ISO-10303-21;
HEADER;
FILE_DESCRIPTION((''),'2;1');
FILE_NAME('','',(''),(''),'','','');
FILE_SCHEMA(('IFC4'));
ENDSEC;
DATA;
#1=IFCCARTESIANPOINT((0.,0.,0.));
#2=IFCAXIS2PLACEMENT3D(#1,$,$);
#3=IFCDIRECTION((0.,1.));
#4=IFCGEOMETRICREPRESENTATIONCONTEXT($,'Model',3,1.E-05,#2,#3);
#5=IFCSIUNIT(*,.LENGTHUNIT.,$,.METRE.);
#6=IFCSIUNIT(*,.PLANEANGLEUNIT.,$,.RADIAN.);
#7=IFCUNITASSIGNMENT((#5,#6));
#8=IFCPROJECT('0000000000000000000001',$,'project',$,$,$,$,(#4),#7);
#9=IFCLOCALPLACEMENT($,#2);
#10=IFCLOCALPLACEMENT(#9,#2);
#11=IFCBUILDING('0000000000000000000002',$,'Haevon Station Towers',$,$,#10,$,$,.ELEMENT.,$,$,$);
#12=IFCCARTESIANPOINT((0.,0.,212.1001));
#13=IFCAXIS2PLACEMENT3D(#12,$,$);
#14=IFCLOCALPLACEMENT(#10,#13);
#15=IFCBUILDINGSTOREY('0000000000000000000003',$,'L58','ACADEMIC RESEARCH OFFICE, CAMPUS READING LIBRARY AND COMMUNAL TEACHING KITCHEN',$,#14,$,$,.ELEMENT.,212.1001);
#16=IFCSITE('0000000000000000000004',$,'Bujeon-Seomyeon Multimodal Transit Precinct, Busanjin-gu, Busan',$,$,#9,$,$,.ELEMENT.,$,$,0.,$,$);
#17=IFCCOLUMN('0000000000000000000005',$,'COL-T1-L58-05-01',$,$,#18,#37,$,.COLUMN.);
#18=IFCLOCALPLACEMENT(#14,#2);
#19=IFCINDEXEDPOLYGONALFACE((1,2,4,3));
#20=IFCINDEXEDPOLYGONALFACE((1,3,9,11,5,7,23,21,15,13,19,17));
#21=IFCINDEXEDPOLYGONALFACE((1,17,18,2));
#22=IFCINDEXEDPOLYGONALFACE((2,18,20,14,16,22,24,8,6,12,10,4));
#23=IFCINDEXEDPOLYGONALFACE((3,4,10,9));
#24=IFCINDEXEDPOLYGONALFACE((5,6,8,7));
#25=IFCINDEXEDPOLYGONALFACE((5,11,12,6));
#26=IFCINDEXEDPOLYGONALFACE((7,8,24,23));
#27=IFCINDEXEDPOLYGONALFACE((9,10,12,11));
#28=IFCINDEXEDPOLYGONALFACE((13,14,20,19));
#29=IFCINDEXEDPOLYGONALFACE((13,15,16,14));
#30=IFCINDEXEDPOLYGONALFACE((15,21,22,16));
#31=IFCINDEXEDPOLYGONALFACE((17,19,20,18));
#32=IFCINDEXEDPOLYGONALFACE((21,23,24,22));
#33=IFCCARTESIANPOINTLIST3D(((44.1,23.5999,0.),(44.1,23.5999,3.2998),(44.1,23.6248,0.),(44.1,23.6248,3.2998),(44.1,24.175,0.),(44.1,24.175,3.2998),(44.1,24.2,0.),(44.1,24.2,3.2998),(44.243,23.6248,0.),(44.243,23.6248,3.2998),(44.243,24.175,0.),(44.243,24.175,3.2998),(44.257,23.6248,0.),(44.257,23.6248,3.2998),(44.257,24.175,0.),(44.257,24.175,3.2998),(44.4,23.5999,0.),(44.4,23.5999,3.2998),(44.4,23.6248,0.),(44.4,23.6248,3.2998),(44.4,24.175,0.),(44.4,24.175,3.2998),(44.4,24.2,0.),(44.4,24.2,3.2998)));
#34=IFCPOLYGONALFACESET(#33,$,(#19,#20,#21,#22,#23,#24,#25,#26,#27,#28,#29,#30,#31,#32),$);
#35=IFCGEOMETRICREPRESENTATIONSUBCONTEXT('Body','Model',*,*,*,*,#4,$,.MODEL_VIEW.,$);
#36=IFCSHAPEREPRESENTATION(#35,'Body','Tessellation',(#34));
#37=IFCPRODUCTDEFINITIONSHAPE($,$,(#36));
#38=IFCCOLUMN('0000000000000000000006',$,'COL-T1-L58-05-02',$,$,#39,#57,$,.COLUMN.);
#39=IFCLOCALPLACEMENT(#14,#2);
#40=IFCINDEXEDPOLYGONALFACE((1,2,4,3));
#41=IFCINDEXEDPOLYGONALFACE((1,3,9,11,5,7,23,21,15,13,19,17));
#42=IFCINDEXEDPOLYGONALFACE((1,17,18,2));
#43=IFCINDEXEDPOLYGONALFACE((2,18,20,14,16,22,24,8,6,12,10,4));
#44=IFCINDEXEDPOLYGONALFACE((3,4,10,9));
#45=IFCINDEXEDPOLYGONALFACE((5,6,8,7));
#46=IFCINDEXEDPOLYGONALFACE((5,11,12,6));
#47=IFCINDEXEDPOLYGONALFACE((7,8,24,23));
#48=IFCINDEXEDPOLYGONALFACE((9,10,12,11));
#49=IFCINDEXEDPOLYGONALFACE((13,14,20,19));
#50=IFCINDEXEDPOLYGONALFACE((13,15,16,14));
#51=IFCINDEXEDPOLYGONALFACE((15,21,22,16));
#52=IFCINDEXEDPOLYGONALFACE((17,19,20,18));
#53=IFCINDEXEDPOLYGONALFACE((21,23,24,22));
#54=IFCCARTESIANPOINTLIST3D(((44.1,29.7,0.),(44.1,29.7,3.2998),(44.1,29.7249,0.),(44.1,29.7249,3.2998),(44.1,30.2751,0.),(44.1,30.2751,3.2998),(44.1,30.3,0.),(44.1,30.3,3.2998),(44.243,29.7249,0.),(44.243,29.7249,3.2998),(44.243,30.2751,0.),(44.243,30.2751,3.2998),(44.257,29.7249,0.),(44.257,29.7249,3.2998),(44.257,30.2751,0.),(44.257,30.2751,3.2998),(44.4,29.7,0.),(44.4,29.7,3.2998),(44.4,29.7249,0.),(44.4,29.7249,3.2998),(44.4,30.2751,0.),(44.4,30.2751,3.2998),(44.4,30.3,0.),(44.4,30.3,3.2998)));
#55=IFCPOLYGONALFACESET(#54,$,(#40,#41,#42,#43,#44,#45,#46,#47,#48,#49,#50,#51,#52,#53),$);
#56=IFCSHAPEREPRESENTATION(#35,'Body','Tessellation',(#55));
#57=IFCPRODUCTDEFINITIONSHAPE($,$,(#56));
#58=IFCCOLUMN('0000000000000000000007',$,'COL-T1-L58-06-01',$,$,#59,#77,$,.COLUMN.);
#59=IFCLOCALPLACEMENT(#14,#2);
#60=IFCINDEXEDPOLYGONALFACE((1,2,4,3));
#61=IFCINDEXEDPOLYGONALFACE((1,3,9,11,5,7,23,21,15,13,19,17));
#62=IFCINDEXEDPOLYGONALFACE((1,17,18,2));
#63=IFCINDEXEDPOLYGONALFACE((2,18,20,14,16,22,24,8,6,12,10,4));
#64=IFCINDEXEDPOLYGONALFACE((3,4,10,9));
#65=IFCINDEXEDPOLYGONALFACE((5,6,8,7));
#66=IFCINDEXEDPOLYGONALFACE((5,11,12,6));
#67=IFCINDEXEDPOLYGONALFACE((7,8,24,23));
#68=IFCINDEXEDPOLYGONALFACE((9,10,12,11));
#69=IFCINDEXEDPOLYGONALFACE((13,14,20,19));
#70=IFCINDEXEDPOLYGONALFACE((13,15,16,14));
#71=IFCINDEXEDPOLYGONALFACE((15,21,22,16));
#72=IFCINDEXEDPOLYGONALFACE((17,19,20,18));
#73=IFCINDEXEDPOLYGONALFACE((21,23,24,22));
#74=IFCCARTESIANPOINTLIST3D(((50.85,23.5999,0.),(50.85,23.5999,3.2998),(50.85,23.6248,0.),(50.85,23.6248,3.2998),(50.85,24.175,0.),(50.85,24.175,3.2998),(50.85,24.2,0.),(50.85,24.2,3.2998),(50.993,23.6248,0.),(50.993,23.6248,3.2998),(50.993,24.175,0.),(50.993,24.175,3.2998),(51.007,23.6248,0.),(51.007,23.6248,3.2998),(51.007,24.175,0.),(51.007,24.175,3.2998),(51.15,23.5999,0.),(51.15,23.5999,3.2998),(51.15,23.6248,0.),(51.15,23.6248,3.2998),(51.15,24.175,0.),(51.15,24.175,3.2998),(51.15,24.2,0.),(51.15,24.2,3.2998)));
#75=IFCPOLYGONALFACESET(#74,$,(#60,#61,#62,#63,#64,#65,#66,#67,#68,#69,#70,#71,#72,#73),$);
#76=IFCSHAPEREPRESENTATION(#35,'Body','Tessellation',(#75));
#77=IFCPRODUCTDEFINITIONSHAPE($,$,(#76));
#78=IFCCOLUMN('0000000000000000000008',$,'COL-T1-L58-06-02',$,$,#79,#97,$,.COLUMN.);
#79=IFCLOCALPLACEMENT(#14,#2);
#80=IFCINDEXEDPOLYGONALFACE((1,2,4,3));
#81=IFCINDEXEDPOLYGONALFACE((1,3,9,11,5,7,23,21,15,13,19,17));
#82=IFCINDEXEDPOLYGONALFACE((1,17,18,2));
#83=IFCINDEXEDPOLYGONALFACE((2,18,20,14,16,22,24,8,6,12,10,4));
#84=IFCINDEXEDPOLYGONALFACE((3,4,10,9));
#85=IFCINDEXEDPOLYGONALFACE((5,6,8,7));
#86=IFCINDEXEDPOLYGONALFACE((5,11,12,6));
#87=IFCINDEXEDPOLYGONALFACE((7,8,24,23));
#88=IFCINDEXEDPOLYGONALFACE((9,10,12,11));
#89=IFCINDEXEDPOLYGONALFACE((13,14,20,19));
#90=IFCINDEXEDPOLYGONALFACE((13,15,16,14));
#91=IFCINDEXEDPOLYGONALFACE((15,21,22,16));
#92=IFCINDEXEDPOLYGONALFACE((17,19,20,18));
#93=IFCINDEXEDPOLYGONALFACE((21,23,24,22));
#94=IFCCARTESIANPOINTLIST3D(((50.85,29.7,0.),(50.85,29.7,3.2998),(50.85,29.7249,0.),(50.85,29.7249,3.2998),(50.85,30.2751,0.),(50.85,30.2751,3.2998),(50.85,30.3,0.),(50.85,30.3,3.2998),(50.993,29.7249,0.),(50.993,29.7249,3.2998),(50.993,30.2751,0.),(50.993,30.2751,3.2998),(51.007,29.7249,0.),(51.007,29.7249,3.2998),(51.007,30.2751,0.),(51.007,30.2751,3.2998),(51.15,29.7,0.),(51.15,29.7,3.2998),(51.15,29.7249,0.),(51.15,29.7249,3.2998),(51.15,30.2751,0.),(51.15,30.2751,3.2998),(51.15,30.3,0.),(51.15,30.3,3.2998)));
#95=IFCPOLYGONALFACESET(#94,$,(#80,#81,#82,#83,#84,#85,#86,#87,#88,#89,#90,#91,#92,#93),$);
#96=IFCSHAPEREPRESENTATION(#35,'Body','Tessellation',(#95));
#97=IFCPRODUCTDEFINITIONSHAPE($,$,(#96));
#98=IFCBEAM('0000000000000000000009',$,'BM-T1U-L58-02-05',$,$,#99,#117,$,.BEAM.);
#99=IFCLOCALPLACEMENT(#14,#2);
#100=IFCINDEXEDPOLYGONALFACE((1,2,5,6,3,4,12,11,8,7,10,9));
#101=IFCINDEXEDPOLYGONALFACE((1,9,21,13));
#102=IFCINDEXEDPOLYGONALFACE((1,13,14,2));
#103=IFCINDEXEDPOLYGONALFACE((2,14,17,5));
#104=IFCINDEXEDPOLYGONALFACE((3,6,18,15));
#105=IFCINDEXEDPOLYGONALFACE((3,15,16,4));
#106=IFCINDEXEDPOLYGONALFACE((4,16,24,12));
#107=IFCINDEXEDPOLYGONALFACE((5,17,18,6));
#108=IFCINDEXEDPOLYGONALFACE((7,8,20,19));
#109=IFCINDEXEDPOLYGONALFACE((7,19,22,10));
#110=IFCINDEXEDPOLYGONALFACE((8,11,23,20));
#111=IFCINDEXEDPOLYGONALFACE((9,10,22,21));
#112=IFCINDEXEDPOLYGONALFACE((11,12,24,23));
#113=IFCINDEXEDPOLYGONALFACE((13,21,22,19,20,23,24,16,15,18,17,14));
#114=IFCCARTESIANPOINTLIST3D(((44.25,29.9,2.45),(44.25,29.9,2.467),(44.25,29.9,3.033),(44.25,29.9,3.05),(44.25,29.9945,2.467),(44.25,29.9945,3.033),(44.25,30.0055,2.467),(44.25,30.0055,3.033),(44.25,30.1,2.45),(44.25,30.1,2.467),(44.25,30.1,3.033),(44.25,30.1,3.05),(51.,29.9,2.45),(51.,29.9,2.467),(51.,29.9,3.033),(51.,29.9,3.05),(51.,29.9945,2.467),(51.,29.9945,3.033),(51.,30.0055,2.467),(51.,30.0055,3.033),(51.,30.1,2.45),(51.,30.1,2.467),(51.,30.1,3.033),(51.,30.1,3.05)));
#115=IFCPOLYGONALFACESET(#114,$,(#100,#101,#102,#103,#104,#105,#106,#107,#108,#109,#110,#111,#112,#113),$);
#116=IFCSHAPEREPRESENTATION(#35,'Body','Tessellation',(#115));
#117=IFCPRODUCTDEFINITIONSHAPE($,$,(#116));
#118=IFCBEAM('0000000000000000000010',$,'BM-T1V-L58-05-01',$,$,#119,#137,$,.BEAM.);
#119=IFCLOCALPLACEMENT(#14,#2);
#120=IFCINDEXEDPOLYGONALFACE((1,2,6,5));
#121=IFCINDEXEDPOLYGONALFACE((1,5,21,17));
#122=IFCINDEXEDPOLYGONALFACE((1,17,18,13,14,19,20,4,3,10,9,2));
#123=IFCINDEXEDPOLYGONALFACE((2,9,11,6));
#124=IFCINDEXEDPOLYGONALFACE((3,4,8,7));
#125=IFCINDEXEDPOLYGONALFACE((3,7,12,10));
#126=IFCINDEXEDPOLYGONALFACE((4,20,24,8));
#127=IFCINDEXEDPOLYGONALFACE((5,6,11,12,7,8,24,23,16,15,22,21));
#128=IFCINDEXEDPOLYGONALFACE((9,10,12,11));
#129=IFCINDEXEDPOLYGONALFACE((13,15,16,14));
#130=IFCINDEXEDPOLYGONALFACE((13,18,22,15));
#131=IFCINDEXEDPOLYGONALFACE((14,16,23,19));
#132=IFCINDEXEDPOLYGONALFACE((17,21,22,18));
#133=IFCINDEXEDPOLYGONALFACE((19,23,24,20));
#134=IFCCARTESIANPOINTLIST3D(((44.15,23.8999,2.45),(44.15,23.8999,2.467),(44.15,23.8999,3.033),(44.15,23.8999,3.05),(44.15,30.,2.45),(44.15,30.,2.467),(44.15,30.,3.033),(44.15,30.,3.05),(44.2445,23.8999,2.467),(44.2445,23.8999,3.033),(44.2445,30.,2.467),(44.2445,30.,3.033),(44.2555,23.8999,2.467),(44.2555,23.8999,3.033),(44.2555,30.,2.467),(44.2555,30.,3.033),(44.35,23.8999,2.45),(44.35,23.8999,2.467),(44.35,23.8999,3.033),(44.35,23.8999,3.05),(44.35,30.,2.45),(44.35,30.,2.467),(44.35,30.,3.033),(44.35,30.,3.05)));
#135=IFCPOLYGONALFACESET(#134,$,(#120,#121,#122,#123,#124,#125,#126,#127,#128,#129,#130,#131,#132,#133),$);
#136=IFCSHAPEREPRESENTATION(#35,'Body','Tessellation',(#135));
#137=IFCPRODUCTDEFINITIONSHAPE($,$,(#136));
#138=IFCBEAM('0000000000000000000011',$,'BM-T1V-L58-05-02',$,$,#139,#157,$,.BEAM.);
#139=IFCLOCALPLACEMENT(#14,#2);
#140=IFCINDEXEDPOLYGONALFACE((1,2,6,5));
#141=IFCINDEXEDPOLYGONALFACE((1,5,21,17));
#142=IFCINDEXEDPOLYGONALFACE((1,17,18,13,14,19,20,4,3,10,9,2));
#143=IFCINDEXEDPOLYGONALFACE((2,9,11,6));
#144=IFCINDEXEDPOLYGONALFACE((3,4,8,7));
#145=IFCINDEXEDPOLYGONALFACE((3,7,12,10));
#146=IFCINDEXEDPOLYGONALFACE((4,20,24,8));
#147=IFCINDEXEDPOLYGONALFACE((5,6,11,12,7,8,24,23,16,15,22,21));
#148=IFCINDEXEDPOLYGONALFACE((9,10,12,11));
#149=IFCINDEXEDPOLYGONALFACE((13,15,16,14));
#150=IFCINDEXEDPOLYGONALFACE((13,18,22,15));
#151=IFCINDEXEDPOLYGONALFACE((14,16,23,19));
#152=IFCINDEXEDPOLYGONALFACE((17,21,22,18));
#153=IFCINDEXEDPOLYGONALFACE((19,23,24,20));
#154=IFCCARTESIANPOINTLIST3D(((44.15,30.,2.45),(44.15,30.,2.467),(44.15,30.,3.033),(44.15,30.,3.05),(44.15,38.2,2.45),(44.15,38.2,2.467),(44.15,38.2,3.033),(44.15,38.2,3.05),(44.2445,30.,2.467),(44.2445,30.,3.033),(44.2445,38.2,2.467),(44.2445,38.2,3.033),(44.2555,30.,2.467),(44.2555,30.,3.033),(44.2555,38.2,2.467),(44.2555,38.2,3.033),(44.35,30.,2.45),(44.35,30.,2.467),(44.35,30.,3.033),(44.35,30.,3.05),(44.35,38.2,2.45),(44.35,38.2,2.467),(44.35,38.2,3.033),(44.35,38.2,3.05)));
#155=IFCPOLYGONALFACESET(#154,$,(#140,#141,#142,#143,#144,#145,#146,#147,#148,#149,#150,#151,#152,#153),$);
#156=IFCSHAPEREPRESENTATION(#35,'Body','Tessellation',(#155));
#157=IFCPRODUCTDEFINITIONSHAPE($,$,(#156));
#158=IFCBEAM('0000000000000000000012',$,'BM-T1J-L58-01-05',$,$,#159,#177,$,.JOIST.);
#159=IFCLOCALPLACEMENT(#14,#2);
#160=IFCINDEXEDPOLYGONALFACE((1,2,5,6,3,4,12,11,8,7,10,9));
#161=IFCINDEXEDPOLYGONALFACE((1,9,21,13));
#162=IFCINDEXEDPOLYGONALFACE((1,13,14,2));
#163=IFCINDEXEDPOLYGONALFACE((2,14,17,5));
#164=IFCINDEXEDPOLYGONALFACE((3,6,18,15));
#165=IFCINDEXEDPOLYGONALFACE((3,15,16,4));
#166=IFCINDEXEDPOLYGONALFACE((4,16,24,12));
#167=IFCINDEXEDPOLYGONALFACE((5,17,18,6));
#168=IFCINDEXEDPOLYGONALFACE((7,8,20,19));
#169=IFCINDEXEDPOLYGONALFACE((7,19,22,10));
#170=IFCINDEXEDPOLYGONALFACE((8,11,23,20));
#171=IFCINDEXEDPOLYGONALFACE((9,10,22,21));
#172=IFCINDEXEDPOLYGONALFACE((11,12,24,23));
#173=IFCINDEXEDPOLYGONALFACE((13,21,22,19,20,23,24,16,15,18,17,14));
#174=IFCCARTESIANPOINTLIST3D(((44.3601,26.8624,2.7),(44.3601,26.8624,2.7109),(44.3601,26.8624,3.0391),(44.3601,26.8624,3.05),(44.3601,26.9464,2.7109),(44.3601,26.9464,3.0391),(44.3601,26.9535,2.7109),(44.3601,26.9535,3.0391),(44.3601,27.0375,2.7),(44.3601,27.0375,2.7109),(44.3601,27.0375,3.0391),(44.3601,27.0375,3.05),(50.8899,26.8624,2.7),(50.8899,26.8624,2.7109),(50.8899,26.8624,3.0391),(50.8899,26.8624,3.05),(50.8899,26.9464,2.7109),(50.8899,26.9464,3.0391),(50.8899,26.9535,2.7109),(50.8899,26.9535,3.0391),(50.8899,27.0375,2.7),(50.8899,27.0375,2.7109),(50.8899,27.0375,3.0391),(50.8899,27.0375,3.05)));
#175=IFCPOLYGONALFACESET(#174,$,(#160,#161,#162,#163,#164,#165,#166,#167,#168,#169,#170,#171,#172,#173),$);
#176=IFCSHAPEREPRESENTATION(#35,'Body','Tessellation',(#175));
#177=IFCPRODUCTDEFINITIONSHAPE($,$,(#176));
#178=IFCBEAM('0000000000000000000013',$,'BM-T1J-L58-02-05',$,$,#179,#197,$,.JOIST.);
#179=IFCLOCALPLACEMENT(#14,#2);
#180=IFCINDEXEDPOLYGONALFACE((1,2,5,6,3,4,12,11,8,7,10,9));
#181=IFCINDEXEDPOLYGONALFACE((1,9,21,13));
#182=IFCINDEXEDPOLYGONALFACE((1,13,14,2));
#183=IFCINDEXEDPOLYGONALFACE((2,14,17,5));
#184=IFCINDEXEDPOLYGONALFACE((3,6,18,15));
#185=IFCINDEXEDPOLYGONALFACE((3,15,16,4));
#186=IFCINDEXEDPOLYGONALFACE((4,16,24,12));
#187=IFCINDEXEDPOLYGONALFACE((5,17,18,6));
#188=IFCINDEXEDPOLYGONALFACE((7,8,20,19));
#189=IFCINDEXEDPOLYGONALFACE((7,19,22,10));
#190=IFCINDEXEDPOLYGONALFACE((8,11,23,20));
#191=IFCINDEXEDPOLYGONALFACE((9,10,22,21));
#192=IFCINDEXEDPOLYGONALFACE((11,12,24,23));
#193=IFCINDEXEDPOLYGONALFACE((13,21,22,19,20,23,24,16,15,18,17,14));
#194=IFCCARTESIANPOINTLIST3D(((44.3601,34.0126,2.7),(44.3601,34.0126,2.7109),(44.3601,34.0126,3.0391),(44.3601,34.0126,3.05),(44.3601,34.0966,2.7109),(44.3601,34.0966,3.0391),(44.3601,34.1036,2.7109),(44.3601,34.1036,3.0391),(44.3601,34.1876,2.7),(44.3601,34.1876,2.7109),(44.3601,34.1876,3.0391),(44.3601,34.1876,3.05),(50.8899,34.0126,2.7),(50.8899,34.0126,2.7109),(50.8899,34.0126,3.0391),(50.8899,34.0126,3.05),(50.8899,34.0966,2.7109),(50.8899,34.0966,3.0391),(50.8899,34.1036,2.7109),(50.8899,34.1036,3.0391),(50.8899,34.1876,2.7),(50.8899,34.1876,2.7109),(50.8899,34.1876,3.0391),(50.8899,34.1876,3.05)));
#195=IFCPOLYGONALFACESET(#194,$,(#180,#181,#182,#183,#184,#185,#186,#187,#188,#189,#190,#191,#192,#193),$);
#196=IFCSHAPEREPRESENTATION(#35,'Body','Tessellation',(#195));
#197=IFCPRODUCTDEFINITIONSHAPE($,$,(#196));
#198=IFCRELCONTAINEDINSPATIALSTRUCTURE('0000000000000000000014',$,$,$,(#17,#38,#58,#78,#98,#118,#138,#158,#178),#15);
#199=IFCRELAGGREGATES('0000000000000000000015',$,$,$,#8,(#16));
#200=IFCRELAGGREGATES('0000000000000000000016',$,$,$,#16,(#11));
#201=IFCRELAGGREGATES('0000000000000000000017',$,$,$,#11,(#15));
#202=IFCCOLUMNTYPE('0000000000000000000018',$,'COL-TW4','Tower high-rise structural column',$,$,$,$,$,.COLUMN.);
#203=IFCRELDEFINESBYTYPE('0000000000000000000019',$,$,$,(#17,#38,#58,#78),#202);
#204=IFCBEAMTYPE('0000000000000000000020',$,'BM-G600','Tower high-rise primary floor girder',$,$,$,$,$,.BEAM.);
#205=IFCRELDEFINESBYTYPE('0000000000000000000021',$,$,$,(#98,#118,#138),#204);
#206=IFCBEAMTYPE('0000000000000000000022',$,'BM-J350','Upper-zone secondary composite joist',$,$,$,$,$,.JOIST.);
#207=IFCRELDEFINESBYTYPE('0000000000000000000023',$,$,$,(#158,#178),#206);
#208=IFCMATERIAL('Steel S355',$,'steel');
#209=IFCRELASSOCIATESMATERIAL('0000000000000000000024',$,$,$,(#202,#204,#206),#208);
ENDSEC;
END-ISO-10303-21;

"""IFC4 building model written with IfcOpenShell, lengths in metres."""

from ifc_helpers import new_model, si_unit, direction, frame, origin, origin_2d, place, context, subcontext, project, spatial, i_section, extrude, material, material_profile, profile_set, type_object, element, save


model = new_model("IFC4")

# Units and contexts
model_context = context("Model", 3, precision=1e-05, world=origin(), true_north=direction((0.0, 1.0)))
body_context = subcontext(model_context, "Body", "Model", "MODEL_VIEW")
ifc_project = project(units=[si_unit("LENGTHUNIT", "METRE"), si_unit("PLANEANGLEUNIT", "RADIAN")], contexts=[model_context])

# Site, building, storey
site_placement = place(None, origin())
site = spatial("IfcSite", under=ifc_project, at=site_placement, Name="Bujeon-Seomyeon Multimodal Transit Precinct, Busanjin-gu, Busan", CompositionType="ELEMENT", RefElevation=0.0)
building_placement = place(site_placement, origin())
building = spatial("IfcBuilding", under=site, at=building_placement, Name="Haevon Station Towers", CompositionType="ELEMENT")
storey_placement = place(building_placement, frame((0.0, 0.0, 212.1001)))
storey = spatial("IfcBuildingStorey", under=building, at=storey_placement, Name="L58", Description="ACADEMIC RESEARCH OFFICE, CAMPUS READING LIBRARY AND COMMUNAL TEACHING KITCHEN", CompositionType="ELEMENT", Elevation=212.1001)

# Columns
ifc_material_1 = material(Name="Steel S355", Category="steel")
ifc_material_profile_1 = material_profile(ifc_material_1, i_section(OverallWidth=0.3, OverallDepth=0.6001, WebThickness=0.0139, FlangeThickness=0.0249, at=origin_2d()), Name="H-600x300x14x25")
ifc_profile_set_1 = profile_set([ifc_material_profile_1], Name="Steel S355")
column_type = type_object("IfcColumnType", Name="COL-TW4", Description="Tower high-rise structural column", PredefinedType="COLUMN", material=ifc_profile_set_1)
for number, where, z_axis, x_axis, name in (
    (1, (44.25, 23.8999, 0.0), (0.0, 0.0, 1.0), (1.0, 0.0, 0.0), "COL-T1-L58-05-01"),
    (2, (44.25, 30.0, 0.0), (0.0, 0.0, 1.0), (1.0, 0.0, 0.0), "COL-T1-L58-05-02"),
    (3, (51.0, 23.8999, 0.0), (0.0, 0.0, 1.0), (1.0, 0.0, 0.0), "COL-T1-L58-06-01"),
    (4, (51.0, 30.0, 0.0), (0.0, 0.0, 1.0), (1.0, 0.0, 0.0), "COL-T1-L58-06-02"),
):
    element("IfcColumn", number, at=place(storey_placement, frame(where, z_axis=z_axis, x_axis=x_axis)), inside=storey, type_object=column_type, Name=name, PredefinedType="COLUMN", context=body_context, shape_type="SweptSolid", body=[
        extrude(i_section(OverallWidth=0.3, OverallDepth=0.6001, WebThickness=0.0139, FlangeThickness=0.0249, at=origin_2d()), origin(), (0.0, 0.0, 1.0), 3.2998),
    ])

# Beams
ifc_material_profile_2 = material_profile(ifc_material_1, i_section(OverallWidth=0.2, OverallDepth=0.6001, WebThickness=0.011, FlangeThickness=0.0171, at=origin_2d()), Name="H-600x200x11x17")
ifc_profile_set_2 = profile_set([ifc_material_profile_2], Name="Steel S355")
beam_type_1 = type_object("IfcBeamType", Name="BM-G600", Description="Tower high-rise primary floor girder", PredefinedType="BEAM", material=ifc_profile_set_2)
beam_1_placement = place(storey_placement, frame((44.25, 30.0, 2.75), z_axis=(1.0, 0.0, 0.0), x_axis=(0.0, 1.0, 0.0)))
element("IfcBeam", 5, at=beam_1_placement, inside=storey, type_object=beam_type_1, Name="BM-T1U-L58-02-05", PredefinedType="BEAM", context=body_context, shape_type="SweptSolid", body=[
    extrude(i_section(OverallWidth=0.2, OverallDepth=0.6001, WebThickness=0.011, FlangeThickness=0.0171, at=origin_2d()), origin(), (0.0, 0.0, 1.0), 6.75),
])
beam_2_placement = place(storey_placement, frame((44.25, 23.8999, 2.75), z_axis=(0.0, 1.0, 0.0), x_axis=(-1.0, 0.0, 0.0)))
element("IfcBeam", 6, at=beam_2_placement, inside=storey, type_object=beam_type_1, Name="BM-T1V-L58-05-01", PredefinedType="BEAM", context=body_context, shape_type="SweptSolid", body=[
    extrude(i_section(OverallWidth=0.2, OverallDepth=0.6001, WebThickness=0.011, FlangeThickness=0.0171, at=origin_2d()), origin(), (0.0, 0.0, 1.0), 6.1001),
])
beam_3_placement = place(storey_placement, frame((44.25, 30.0, 2.75), z_axis=(0.0, 1.0, 0.0), x_axis=(-1.0, 0.0, 0.0)))
element("IfcBeam", 7, at=beam_3_placement, inside=storey, type_object=beam_type_1, Name="BM-T1V-L58-05-02", PredefinedType="BEAM", context=body_context, shape_type="SweptSolid", body=[
    extrude(i_section(OverallWidth=0.2, OverallDepth=0.6001, WebThickness=0.011, FlangeThickness=0.0171, at=origin_2d()), origin(), (0.0, 0.0, 1.0), 8.2),
])
ifc_material_profile_3 = material_profile(ifc_material_1, i_section(OverallWidth=0.175, OverallDepth=0.3501, WebThickness=0.0071, FlangeThickness=0.011, at=origin_2d()), Name="H-350x175x7x11")
ifc_profile_set_3 = profile_set([ifc_material_profile_3], Name="Steel S355")
beam_type_2 = type_object("IfcBeamType", Name="BM-J350", Description="Upper-zone secondary composite joist", PredefinedType="JOIST", material=ifc_profile_set_3)
for number, where, z_axis, x_axis, name in (
    (8, (44.3601, 26.95, 2.875), (1.0, 0.0, 0.0), (0.0, 1.0, 0.0), "BM-T1J-L58-01-05"),
    (9, (44.3601, 34.1001, 2.875), (1.0, 0.0, 0.0), (0.0, 1.0, 0.0), "BM-T1J-L58-02-05"),
):
    element("IfcBeam", number, at=place(storey_placement, frame(where, z_axis=z_axis, x_axis=x_axis)), inside=storey, type_object=beam_type_2, Name=name, PredefinedType="JOIST", context=body_context, shape_type="SweptSolid", body=[
        extrude(i_section(OverallWidth=0.175, OverallDepth=0.3501, WebThickness=0.0071, FlangeThickness=0.011, at=origin_2d()), origin(), (0.0, 0.0, 1.0), 6.5298),
    ])

save(model, "model.ifc")
